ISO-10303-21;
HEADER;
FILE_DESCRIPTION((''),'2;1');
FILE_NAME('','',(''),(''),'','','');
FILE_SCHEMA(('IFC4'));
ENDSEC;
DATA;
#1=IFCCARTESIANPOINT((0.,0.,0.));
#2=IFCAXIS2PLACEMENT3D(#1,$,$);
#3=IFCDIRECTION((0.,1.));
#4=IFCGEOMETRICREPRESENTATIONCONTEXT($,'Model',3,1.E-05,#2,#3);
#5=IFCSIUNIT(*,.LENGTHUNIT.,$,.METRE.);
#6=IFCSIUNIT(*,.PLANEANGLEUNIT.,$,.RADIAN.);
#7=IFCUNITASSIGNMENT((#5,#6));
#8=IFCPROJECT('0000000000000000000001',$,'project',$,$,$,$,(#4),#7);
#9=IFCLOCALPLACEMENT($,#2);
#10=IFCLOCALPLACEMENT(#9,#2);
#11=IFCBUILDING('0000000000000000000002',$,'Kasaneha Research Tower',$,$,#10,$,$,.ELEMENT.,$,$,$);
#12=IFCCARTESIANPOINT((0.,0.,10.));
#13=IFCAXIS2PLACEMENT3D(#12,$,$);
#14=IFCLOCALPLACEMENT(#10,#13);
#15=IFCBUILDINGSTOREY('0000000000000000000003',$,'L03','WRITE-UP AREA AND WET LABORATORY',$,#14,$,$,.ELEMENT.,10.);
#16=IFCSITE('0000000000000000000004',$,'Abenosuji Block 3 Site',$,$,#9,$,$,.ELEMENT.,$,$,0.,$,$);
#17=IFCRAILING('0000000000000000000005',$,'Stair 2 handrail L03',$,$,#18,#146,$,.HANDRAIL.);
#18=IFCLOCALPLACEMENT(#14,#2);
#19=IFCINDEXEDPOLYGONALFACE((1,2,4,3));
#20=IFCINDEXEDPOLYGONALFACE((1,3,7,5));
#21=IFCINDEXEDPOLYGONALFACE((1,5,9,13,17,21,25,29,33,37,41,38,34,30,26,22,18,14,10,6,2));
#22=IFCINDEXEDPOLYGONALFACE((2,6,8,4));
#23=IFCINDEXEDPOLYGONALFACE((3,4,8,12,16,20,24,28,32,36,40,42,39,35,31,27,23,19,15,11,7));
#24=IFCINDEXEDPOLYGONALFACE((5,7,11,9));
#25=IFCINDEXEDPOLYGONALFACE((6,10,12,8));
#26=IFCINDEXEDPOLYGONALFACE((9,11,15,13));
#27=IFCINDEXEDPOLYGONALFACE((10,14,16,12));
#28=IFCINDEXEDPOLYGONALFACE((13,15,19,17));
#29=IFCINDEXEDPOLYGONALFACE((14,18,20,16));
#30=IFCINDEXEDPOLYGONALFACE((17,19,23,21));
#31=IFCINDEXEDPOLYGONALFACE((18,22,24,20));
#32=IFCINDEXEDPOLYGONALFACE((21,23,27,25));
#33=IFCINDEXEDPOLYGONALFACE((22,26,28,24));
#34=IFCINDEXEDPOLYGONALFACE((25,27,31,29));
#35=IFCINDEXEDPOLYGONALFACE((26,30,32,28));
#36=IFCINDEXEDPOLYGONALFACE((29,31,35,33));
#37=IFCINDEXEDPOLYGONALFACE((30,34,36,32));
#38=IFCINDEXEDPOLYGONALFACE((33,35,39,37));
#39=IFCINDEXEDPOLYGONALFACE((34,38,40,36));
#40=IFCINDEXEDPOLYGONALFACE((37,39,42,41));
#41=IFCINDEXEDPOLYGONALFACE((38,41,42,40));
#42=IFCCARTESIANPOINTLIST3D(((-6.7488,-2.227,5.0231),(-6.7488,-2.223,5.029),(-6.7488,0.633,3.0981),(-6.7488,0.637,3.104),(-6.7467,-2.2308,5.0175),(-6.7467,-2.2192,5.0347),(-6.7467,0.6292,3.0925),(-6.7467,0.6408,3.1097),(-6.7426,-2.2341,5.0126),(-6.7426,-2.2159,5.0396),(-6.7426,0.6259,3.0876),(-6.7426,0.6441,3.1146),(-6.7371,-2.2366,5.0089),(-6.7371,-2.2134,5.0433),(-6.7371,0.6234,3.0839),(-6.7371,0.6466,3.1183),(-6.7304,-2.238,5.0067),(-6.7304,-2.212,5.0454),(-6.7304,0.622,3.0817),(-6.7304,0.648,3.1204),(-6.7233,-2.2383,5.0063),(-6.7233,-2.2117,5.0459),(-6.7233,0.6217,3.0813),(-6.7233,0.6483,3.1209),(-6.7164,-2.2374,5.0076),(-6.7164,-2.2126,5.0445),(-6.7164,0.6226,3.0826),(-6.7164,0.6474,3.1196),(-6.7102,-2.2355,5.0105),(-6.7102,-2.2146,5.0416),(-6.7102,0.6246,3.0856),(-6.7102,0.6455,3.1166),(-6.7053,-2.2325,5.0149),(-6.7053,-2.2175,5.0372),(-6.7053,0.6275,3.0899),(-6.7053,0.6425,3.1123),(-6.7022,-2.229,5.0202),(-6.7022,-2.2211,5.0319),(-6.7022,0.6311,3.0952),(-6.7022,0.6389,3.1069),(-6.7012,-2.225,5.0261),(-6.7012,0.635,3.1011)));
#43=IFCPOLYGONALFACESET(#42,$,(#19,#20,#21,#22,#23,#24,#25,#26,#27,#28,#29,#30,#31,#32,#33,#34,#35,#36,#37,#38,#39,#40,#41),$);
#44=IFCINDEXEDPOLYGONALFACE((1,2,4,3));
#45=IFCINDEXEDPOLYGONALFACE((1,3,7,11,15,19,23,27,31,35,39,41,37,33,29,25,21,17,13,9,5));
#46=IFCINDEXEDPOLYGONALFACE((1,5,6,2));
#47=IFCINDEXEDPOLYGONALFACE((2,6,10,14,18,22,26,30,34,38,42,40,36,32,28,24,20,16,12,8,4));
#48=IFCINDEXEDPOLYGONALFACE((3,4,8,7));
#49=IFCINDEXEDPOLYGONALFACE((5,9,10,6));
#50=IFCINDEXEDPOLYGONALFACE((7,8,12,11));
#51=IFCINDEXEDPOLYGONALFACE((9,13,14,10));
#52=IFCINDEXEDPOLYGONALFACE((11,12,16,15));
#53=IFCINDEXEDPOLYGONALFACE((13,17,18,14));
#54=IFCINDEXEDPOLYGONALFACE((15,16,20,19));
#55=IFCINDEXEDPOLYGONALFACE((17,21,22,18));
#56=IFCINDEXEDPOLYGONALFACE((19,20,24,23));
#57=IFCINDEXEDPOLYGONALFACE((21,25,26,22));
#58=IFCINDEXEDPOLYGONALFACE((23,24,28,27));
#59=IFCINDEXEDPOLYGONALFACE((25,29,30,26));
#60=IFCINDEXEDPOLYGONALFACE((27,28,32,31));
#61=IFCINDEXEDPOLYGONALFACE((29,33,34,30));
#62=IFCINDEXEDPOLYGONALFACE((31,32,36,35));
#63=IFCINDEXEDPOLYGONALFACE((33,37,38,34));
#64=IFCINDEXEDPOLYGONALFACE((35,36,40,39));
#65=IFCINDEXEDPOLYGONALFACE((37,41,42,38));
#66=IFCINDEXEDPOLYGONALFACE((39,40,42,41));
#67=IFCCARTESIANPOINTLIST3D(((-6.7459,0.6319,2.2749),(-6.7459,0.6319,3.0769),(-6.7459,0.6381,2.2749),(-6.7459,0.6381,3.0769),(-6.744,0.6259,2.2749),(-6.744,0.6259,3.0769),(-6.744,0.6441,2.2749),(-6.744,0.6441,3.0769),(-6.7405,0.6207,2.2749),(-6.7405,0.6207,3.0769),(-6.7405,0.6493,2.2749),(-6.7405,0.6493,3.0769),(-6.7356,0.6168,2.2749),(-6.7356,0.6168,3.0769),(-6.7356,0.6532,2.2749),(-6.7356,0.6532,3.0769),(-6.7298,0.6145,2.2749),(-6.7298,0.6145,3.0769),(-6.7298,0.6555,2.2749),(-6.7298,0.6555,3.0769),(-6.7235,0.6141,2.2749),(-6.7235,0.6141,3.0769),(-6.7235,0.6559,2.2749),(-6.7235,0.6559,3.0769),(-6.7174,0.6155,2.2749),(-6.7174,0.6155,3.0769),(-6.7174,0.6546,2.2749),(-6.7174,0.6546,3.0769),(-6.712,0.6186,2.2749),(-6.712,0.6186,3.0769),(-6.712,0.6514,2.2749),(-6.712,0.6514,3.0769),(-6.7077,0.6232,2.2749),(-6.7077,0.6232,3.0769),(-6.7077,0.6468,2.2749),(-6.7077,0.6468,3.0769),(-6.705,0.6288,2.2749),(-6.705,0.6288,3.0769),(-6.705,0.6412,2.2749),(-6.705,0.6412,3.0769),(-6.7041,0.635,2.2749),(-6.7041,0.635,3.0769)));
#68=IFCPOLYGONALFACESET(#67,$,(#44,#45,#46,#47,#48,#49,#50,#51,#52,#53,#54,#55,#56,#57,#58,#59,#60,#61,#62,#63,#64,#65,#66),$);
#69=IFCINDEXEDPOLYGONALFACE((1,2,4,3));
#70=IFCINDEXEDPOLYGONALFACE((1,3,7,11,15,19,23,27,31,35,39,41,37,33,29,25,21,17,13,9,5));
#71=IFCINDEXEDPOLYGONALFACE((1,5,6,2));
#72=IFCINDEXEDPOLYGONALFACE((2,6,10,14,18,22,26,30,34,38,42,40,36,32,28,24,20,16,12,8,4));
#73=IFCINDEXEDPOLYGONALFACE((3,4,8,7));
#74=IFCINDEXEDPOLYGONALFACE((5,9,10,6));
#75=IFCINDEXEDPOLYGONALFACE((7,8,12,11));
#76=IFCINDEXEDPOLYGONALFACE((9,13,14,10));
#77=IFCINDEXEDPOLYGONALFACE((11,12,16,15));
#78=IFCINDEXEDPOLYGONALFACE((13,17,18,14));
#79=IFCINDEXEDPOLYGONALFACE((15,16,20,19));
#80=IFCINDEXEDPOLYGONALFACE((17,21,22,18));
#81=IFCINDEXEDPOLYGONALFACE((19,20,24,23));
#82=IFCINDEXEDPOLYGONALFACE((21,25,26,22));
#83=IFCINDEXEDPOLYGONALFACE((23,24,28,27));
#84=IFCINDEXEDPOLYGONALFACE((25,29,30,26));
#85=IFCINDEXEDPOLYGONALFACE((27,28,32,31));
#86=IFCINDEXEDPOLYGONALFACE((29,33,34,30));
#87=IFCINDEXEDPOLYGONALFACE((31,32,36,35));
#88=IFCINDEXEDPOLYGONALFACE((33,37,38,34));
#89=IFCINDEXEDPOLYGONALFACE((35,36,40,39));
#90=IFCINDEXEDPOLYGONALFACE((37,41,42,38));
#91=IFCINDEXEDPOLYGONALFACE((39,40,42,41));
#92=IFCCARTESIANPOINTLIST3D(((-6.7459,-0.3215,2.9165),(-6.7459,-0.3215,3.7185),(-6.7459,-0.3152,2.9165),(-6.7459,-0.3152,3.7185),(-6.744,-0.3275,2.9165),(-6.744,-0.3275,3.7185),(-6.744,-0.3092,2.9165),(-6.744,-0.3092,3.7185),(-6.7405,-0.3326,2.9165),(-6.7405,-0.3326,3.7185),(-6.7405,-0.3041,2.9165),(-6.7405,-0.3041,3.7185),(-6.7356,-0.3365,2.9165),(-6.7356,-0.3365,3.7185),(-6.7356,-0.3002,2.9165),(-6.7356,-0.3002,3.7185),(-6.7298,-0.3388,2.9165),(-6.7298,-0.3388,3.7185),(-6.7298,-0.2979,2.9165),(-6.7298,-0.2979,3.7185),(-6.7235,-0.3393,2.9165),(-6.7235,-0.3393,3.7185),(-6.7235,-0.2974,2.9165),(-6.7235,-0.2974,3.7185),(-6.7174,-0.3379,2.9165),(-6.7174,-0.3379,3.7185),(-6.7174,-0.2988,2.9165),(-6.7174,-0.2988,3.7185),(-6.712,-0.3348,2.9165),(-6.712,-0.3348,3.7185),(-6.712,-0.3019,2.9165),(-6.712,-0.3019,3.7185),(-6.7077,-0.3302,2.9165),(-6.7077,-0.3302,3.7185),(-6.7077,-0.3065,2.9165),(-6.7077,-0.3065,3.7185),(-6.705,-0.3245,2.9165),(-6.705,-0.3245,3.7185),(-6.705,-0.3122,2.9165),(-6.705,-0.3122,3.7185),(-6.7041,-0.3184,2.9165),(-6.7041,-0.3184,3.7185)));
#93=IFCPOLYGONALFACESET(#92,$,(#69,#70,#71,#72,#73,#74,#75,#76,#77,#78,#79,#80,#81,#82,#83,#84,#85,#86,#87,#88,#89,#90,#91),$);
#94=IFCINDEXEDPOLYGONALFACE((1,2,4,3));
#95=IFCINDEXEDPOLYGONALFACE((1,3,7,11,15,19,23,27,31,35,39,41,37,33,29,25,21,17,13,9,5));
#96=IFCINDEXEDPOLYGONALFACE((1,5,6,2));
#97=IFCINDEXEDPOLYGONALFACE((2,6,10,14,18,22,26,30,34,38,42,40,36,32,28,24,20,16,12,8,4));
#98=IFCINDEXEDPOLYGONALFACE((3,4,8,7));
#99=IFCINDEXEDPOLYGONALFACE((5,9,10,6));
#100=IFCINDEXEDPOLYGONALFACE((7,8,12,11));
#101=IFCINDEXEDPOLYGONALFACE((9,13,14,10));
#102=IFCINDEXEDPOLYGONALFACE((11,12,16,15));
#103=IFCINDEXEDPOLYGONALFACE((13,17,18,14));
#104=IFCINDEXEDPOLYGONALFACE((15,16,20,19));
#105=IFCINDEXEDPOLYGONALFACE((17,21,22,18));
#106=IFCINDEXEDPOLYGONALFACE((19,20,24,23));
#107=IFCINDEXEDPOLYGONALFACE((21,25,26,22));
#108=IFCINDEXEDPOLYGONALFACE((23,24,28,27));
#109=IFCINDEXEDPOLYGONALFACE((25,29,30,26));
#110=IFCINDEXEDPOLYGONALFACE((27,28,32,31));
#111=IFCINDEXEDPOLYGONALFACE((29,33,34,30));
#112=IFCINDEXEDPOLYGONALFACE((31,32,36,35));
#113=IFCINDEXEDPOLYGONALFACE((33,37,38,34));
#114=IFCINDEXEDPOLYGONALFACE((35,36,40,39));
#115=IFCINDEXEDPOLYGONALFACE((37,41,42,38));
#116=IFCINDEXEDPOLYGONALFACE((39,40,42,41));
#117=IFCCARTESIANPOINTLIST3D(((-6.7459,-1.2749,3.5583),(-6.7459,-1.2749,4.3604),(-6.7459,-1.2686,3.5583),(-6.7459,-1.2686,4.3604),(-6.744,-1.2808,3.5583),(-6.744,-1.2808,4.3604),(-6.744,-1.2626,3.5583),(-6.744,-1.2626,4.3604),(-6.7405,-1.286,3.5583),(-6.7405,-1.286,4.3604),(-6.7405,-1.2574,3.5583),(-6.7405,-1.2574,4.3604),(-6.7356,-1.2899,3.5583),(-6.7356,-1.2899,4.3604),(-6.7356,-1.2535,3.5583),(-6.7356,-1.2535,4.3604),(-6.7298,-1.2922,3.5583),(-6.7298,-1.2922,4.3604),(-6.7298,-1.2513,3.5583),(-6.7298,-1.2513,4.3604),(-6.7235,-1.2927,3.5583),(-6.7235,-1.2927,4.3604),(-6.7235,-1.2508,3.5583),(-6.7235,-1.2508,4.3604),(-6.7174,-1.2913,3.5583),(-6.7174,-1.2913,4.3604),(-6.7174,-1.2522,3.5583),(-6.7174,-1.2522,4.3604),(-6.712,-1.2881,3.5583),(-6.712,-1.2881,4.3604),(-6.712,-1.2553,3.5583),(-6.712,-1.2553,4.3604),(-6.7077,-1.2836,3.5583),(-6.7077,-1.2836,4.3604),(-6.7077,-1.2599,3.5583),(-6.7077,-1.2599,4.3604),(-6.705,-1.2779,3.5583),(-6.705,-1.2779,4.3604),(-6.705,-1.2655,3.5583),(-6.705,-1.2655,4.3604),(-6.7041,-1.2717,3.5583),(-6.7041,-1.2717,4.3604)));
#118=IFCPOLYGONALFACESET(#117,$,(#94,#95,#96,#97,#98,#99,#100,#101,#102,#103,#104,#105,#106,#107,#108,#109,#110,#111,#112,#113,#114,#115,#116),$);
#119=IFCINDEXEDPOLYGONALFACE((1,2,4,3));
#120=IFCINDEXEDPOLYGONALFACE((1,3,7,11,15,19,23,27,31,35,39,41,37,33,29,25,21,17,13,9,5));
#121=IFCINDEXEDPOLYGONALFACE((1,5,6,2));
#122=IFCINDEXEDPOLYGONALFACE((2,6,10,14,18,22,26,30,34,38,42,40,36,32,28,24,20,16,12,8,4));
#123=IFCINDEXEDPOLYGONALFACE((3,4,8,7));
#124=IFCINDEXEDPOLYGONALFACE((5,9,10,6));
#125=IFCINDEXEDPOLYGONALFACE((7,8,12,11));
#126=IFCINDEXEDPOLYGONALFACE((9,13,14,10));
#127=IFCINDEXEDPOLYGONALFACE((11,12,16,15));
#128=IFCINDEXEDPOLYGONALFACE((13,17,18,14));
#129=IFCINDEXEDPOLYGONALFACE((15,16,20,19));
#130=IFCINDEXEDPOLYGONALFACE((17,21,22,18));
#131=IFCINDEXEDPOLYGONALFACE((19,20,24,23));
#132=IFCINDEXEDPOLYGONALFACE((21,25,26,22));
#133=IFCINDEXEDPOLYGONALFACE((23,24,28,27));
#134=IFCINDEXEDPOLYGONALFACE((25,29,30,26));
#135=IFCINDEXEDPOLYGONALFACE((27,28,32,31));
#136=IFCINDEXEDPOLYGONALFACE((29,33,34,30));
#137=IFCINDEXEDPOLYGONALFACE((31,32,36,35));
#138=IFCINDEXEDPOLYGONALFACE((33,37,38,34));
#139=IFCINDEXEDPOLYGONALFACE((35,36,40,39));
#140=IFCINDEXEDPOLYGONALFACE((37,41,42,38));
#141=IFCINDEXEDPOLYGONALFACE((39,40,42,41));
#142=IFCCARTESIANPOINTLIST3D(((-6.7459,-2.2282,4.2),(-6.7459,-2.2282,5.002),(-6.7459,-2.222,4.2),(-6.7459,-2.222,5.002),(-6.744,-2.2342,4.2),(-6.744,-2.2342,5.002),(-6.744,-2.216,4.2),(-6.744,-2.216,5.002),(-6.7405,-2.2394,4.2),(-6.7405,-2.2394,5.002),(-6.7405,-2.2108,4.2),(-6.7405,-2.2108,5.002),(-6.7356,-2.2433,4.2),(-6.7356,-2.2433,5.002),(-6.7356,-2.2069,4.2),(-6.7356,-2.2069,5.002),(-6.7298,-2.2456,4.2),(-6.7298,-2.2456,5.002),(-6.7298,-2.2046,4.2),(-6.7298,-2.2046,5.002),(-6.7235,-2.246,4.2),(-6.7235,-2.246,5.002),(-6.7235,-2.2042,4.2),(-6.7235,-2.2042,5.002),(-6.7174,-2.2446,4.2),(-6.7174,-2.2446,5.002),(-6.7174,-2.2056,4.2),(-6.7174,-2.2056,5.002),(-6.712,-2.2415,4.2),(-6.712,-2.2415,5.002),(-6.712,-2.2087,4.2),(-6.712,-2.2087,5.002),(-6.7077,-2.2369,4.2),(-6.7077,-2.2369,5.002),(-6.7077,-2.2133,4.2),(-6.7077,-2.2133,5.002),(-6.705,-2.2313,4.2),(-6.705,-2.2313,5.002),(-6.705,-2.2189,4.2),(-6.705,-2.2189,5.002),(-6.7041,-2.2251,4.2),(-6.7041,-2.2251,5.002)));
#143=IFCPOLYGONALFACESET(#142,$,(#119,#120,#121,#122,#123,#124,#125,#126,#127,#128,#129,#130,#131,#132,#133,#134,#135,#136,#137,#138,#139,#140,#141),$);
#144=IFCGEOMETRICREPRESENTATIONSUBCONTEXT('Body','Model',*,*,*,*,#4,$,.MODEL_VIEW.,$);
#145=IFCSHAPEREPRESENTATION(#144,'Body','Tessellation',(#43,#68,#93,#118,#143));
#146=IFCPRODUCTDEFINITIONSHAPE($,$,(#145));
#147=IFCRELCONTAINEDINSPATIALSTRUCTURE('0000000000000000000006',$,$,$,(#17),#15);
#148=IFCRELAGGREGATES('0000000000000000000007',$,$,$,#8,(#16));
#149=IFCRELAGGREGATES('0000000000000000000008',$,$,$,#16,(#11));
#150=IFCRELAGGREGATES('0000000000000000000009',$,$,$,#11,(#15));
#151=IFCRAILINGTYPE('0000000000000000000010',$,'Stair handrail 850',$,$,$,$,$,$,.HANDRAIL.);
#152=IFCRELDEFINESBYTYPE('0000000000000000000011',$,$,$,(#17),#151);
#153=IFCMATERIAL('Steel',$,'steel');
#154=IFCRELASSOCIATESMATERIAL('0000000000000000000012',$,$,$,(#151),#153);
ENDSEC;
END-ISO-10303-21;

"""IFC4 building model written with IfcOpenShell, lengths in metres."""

from ifc_helpers import new_model, si_unit, direction, frame, origin, origin_2d, place, context, subcontext, project, spatial, circle, extrude, material, type_object, element, save


model = new_model("IFC4")

# Units and contexts
model_context = context("Model", 3, precision=1e-05, world=origin(), true_north=direction((0.0, 1.0)))
body_context = subcontext(model_context, "Body", "Model", "MODEL_VIEW")
ifc_project = project(units=[si_unit("LENGTHUNIT", "METRE"), si_unit("PLANEANGLEUNIT", "RADIAN")], contexts=[model_context])

# Site, building, storey
site_placement = place(None, origin())
site = spatial("IfcSite", under=ifc_project, at=site_placement, Name="Abenosuji Block 3 Site", CompositionType="ELEMENT", RefElevation=0.0)
building_placement = place(site_placement, origin())
building = spatial("IfcBuilding", under=site, at=building_placement, Name="Kasaneha Research Tower", CompositionType="ELEMENT")
storey_placement = place(building_placement, frame((0.0, 0.0, 10.0)))
storey = spatial("IfcBuildingStorey", under=building, at=storey_placement, Name="L03", Description="WRITE-UP AREA AND WET LABORATORY", CompositionType="ELEMENT", Elevation=10.0)

# Railing
ifc_material_1 = material(Name="Steel", Category="steel")
railing_type_1 = type_object("IfcRailingType", Name="Stair handrail 850", PredefinedType="HANDRAIL", material=ifc_material_1)
railing_1_placement = place(storey_placement, frame((-6.7251, 0.635, 2.2749)))
element("IfcRailing", 1, at=railing_1_placement, inside=storey, type_object=railing_type_1, Name="Stair 2 handrail L03", PredefinedType="HANDRAIL", context=body_context, shape_type="SweptSolid", body=[
    extrude(circle(Radius=0.0239, at=origin_2d()), frame((0.0, 0.0, 0.8262), z_axis=(0.0, -0.829591, 0.558372), x_axis=(1.0, 0.0, 0.0)), (0.0, 0.0, 1.0), 3.4475),
    extrude(circle(Radius=0.021, at=origin_2d()), origin(), (0.0, 0.0, 1.0), 0.802),
    extrude(circle(Radius=0.021, at=origin_2d()), frame((0.0, -0.9534, 0.6416)), (0.0, 0.0, 1.0), 0.802),
    extrude(circle(Radius=0.021, at=origin_2d()), frame((0.0, -1.9067, 1.2834)), (0.0, 0.0, 1.0), 0.802),
    extrude(circle(Radius=0.021, at=origin_2d()), frame((0.0, -2.8601, 1.925)), (0.0, 0.0, 1.0), 0.802),
])

save(model, "model.ifc")
